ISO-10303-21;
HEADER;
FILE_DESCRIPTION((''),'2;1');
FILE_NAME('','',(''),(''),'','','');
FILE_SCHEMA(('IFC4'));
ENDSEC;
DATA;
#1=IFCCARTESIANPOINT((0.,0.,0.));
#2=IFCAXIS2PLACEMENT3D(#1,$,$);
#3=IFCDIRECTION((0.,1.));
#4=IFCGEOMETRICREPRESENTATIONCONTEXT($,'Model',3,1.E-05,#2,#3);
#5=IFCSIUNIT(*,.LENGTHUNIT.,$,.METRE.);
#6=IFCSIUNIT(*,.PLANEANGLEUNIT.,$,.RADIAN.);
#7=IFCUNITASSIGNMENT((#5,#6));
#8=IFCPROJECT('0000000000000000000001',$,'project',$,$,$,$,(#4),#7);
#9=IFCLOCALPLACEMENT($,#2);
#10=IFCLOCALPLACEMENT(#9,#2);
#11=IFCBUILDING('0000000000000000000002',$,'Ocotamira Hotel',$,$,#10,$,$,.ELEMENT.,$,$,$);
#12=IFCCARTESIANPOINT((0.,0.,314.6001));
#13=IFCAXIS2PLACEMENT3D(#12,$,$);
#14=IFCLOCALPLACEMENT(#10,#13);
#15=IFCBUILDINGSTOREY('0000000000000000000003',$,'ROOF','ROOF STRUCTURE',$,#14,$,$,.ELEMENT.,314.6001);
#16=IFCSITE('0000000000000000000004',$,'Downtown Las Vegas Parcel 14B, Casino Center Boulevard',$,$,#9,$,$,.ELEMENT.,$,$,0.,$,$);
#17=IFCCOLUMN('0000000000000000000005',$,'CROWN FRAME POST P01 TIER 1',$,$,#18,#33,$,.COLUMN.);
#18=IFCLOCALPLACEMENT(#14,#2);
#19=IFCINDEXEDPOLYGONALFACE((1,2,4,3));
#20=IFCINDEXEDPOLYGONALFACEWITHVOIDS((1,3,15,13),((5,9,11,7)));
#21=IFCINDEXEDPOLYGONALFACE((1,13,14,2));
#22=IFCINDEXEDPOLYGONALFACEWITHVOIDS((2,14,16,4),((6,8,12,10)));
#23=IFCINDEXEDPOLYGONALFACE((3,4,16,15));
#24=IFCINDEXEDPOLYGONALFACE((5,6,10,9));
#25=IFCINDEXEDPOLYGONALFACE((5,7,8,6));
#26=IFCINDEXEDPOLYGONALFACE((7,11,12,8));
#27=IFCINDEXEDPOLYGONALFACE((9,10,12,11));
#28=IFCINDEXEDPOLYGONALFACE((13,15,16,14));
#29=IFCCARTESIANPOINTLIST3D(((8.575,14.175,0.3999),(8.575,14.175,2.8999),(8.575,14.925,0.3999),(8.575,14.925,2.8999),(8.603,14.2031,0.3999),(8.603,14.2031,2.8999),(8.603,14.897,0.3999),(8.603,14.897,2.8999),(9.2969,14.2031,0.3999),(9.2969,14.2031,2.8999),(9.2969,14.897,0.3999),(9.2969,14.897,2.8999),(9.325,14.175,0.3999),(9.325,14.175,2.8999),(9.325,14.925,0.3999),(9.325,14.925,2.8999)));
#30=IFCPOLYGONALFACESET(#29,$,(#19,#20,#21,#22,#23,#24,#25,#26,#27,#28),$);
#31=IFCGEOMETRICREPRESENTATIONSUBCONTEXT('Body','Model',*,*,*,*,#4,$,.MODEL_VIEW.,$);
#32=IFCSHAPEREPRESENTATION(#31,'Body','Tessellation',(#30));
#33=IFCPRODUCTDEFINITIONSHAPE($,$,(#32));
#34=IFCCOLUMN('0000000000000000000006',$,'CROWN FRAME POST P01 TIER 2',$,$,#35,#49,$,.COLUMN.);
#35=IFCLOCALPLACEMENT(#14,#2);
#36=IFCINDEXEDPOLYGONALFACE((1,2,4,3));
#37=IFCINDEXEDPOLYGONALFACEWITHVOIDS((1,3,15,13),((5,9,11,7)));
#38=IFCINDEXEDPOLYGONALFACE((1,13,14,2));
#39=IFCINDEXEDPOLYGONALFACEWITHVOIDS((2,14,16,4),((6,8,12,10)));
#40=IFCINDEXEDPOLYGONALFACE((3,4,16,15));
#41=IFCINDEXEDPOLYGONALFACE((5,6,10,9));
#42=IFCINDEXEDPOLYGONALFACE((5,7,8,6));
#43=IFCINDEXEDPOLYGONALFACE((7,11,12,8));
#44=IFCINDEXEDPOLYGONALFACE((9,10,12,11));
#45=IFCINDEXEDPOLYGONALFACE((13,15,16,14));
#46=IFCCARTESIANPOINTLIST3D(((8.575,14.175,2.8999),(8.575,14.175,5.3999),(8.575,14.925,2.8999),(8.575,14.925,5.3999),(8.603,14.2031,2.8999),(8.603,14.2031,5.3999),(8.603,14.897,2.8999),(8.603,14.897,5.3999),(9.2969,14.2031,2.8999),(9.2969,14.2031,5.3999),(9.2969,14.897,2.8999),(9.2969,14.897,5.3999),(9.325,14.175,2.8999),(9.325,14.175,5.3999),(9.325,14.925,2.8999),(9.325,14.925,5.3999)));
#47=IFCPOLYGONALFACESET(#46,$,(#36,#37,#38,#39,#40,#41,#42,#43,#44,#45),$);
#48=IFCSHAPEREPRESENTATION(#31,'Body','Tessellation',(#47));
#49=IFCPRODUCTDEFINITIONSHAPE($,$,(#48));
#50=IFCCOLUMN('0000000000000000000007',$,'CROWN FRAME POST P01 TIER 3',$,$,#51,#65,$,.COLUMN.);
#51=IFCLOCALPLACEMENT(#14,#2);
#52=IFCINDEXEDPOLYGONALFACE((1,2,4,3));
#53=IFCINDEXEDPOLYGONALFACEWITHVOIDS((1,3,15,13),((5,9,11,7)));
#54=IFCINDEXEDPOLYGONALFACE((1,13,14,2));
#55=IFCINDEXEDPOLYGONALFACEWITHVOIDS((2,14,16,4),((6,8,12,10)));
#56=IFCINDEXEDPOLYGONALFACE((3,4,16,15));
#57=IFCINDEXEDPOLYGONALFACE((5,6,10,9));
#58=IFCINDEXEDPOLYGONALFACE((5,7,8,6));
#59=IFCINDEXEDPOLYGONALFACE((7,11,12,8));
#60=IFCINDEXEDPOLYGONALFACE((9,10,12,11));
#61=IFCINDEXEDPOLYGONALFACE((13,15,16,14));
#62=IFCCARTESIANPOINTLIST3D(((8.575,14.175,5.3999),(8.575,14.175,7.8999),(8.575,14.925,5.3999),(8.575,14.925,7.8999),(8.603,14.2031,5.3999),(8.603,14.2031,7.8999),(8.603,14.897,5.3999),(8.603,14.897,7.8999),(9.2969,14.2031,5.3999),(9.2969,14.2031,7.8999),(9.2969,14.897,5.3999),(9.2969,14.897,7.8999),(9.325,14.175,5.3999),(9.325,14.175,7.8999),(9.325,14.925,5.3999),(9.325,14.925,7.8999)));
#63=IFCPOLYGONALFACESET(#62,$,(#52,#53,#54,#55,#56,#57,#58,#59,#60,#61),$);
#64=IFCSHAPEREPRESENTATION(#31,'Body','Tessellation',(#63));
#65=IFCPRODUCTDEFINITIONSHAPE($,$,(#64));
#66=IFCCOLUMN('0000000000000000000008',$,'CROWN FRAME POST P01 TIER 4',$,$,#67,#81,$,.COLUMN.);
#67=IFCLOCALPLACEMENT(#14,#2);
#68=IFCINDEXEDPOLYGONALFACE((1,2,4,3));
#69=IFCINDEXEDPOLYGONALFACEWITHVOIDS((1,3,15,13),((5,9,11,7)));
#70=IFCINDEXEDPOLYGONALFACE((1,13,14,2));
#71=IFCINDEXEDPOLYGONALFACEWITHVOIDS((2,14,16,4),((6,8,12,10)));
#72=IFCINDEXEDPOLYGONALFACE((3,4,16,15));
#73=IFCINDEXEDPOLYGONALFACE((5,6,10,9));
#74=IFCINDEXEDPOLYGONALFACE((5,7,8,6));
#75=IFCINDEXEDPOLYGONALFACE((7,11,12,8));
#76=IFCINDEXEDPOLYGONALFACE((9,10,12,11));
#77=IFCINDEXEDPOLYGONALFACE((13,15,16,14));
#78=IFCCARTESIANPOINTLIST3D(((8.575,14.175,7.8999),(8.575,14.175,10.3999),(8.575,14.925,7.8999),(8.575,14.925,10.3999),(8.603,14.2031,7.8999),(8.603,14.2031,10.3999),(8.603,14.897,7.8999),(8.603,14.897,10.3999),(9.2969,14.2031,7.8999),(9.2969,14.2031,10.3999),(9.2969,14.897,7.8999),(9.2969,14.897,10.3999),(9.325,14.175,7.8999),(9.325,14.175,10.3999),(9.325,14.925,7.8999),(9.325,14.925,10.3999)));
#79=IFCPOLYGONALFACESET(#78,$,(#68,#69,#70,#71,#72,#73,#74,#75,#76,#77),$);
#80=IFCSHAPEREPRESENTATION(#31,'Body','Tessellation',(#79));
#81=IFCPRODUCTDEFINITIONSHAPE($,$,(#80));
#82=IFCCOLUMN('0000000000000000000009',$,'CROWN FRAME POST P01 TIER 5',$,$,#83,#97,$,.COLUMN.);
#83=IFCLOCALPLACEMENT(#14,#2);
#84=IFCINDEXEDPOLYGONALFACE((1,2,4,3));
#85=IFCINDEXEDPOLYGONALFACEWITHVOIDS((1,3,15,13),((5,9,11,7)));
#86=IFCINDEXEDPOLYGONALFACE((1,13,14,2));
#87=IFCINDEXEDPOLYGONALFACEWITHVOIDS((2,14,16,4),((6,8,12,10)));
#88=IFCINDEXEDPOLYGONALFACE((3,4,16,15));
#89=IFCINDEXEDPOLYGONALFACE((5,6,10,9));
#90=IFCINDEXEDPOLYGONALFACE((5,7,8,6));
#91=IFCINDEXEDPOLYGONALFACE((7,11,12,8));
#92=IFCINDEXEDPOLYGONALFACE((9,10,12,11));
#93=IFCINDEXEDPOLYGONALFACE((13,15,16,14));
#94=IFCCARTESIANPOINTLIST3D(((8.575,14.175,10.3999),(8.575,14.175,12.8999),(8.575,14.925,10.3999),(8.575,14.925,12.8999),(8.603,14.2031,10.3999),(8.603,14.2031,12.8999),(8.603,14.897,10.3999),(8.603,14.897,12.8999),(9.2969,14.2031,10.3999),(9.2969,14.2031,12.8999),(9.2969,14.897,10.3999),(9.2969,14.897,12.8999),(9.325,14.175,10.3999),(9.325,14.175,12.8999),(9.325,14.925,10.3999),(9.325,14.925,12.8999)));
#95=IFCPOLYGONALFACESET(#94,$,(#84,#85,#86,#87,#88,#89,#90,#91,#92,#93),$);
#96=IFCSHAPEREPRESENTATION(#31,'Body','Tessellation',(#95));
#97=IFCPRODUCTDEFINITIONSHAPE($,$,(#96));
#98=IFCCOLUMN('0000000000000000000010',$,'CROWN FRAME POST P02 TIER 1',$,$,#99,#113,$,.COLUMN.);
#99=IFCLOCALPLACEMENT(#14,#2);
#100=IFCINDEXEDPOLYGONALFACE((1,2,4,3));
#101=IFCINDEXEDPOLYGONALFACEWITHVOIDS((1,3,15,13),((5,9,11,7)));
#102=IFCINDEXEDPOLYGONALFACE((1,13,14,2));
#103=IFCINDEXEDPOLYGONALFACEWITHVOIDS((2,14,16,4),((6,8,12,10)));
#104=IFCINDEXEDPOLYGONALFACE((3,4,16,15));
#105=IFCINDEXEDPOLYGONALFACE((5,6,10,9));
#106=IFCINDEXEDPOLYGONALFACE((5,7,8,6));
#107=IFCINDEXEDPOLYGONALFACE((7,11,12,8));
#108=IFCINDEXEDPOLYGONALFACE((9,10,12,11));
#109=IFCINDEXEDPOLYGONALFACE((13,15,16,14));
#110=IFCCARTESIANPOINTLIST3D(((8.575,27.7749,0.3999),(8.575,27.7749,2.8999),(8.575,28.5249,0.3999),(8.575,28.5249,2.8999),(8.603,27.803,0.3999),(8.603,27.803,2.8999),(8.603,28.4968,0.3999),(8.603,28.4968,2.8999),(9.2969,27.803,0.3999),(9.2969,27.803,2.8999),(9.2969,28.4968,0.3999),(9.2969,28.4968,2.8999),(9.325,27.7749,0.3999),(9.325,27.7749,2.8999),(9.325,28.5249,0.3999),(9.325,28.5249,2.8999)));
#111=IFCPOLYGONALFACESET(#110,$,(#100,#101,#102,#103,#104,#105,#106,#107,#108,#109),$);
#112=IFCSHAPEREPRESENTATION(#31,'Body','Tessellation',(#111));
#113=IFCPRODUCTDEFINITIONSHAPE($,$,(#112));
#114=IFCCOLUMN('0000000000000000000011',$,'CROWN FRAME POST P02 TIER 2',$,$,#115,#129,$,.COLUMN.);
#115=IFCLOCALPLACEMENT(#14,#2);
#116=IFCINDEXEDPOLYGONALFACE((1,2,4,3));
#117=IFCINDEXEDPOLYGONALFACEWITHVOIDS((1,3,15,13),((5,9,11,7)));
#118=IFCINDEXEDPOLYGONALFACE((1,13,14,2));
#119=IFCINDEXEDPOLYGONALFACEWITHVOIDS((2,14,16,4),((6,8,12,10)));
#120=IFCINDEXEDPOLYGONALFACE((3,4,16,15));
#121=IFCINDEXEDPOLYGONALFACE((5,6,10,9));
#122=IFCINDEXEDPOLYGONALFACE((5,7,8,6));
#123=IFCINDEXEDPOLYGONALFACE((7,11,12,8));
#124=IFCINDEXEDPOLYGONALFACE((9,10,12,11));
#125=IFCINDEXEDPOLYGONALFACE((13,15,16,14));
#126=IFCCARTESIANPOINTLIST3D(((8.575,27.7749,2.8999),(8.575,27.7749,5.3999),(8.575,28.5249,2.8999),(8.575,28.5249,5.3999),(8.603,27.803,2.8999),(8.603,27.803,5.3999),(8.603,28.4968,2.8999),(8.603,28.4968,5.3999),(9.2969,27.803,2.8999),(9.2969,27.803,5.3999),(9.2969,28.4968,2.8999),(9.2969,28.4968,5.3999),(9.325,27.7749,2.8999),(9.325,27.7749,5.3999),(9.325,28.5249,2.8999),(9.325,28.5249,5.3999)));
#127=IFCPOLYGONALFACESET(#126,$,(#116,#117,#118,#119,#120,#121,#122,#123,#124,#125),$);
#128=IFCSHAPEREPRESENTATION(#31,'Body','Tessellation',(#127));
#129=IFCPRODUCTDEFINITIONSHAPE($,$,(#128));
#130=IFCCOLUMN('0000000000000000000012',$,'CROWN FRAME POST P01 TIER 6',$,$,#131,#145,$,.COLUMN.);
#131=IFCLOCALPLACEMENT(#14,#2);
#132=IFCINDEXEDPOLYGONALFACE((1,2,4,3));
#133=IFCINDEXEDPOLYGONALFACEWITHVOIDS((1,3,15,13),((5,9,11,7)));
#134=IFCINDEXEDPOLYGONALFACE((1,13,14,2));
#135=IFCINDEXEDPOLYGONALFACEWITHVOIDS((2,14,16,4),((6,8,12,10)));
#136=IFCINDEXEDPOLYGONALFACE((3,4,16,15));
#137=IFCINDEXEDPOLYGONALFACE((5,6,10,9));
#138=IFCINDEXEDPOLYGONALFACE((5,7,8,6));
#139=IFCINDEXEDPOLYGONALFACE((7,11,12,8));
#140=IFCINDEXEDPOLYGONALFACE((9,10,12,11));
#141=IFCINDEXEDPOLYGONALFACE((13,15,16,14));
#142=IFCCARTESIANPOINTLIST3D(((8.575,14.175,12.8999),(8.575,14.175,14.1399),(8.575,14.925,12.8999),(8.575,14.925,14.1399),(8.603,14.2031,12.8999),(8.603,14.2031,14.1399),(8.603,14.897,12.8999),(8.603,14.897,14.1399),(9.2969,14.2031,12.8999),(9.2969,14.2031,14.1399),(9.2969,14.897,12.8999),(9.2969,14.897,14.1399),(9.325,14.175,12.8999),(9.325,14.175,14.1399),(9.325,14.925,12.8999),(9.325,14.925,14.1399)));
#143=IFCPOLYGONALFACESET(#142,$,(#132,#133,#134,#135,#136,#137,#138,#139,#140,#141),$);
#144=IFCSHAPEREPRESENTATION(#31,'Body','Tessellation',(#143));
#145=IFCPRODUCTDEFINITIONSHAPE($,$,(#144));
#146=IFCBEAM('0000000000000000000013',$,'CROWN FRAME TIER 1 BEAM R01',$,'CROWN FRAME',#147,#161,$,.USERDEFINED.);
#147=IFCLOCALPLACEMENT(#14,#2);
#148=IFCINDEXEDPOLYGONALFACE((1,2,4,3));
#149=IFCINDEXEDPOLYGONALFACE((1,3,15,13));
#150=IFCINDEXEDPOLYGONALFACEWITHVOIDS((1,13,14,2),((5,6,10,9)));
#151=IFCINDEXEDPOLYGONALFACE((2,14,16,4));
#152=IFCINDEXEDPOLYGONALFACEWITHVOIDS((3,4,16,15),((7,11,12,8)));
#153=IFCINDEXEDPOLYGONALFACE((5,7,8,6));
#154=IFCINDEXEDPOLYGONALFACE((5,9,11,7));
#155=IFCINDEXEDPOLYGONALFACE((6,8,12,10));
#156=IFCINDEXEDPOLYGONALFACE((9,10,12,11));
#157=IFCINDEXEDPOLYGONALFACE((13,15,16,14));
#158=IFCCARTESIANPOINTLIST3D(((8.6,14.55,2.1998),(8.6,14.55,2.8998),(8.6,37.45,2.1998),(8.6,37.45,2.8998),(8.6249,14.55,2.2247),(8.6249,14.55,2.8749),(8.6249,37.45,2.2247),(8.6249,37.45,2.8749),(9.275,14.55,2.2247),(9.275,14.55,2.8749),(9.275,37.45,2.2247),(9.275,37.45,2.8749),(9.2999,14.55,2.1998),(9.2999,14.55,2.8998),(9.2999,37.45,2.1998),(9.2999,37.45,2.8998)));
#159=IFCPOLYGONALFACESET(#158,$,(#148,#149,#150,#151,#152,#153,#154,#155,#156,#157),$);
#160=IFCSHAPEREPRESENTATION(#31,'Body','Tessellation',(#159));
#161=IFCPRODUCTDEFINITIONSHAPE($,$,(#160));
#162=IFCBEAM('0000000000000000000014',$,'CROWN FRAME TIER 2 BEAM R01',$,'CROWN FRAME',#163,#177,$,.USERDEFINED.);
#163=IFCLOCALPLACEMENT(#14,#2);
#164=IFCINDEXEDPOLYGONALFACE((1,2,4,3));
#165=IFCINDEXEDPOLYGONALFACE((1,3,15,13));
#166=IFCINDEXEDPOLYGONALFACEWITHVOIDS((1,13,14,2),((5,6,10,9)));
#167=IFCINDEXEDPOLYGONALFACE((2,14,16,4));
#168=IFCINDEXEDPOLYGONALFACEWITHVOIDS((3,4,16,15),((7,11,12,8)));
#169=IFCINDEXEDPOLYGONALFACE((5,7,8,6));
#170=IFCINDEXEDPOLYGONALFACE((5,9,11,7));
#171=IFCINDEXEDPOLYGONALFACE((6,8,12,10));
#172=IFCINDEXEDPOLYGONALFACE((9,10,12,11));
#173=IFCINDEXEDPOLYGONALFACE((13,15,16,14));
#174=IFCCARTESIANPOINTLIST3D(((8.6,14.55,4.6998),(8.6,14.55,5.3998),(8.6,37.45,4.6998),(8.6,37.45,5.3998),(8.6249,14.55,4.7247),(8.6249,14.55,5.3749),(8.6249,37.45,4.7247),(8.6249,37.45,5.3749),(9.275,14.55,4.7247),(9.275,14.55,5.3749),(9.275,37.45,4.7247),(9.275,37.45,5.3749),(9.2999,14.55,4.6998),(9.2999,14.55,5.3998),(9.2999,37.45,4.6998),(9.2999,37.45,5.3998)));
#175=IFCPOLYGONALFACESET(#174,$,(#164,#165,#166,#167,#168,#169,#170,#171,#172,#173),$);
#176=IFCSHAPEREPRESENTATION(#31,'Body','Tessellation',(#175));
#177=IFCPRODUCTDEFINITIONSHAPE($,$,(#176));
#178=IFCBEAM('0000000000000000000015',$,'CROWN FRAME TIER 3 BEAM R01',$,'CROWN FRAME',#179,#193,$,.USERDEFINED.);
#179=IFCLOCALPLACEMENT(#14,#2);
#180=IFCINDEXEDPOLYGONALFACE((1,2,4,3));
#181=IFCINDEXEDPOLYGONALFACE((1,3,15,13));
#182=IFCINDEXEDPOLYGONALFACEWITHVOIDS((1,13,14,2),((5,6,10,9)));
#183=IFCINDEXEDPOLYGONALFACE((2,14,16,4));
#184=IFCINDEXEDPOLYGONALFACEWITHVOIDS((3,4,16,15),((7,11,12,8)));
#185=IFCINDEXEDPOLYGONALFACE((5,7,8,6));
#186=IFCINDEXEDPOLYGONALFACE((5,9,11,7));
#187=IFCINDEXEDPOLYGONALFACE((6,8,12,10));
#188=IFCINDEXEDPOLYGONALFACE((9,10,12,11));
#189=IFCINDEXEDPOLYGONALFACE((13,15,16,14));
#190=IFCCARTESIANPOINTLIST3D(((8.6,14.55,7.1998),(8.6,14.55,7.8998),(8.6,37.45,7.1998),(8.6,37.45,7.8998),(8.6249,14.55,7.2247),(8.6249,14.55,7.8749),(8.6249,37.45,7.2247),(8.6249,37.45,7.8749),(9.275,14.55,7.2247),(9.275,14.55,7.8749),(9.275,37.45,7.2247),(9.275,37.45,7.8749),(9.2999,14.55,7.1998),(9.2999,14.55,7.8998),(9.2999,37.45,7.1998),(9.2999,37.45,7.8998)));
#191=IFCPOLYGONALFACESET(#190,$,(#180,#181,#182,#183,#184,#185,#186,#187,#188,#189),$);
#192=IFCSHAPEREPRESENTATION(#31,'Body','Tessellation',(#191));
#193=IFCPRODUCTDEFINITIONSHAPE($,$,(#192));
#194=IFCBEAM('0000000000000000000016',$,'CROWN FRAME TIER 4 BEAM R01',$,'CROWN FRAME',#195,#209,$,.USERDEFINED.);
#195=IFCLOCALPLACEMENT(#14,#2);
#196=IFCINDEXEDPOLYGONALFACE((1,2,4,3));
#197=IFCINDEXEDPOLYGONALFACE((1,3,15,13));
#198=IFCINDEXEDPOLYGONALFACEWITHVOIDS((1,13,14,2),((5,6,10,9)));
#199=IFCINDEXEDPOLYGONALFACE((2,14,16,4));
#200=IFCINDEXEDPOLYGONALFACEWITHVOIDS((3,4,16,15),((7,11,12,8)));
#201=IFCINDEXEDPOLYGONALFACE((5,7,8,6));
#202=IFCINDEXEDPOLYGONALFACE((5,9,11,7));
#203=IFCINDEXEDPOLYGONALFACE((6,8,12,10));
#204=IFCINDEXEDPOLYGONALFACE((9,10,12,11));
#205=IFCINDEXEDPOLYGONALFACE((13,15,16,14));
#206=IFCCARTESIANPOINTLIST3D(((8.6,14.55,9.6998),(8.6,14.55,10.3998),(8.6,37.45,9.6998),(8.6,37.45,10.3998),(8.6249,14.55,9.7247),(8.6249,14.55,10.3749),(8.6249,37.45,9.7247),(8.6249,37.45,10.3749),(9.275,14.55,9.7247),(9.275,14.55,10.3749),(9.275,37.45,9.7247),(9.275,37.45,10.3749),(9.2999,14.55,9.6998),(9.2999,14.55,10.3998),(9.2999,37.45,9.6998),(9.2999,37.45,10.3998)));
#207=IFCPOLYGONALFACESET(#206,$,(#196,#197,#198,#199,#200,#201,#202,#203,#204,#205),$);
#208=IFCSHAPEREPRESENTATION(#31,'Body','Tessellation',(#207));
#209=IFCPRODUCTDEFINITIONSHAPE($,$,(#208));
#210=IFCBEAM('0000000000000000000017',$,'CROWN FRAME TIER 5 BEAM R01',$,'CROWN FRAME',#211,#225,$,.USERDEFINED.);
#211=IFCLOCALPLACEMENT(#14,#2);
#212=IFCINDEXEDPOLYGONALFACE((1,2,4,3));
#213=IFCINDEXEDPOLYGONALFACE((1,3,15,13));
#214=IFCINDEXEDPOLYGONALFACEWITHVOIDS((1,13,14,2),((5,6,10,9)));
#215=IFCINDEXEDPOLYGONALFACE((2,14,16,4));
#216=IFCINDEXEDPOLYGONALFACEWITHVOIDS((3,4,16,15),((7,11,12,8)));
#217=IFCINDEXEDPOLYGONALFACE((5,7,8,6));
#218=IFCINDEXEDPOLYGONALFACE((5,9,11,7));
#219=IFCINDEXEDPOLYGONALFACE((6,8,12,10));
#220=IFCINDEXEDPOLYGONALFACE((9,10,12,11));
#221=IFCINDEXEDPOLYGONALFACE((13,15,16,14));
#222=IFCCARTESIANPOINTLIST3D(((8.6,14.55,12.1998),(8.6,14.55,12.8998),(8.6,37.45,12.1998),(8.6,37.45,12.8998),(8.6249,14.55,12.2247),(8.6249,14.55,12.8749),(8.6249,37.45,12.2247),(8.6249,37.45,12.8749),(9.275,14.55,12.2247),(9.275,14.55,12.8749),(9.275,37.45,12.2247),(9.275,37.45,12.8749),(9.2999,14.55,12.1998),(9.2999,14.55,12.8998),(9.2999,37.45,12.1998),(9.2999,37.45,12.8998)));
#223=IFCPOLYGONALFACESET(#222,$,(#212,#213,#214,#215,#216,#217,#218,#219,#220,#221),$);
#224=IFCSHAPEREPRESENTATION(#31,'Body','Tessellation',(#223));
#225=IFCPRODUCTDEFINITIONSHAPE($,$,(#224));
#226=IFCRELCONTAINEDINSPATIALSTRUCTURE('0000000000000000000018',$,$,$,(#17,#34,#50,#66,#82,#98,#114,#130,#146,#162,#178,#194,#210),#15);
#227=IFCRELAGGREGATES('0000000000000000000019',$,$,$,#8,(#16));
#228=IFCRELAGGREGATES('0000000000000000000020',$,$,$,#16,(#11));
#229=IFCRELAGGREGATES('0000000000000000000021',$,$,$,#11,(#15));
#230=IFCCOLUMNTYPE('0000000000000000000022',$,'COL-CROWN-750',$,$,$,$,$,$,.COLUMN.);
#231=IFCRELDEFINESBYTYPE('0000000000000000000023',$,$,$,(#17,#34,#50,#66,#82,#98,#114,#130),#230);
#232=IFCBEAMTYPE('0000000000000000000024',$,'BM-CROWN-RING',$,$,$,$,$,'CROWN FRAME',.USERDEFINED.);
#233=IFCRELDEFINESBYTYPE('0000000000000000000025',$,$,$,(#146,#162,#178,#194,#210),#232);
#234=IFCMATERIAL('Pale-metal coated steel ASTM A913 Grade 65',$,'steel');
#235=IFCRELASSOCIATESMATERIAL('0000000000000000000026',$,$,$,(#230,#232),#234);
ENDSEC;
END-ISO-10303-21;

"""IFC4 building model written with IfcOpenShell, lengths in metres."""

from ifc_helpers import new_model, si_unit, direction, frame, origin, origin_2d, place, context, subcontext, project, spatial, hollow_rectangle, extrude, source, transform, mapped, material, material_profile, profile_set, type_object, element, save


model = new_model("IFC4")

# Units and contexts
model_context = context("Model", 3, precision=1e-05, world=origin(), true_north=direction((0.0, 1.0)))
body_context = subcontext(model_context, "Body", "Model", "MODEL_VIEW")
ifc_project = project(units=[si_unit("LENGTHUNIT", "METRE"), si_unit("PLANEANGLEUNIT", "RADIAN")], contexts=[model_context])

# Site, building, storey
site_placement = place(None, origin())
site = spatial("IfcSite", under=ifc_project, at=site_placement, Name="Downtown Las Vegas Parcel 14B, Casino Center Boulevard", CompositionType="ELEMENT", RefElevation=0.0)
building_placement = place(site_placement, origin())
building = spatial("IfcBuilding", under=site, at=building_placement, Name="Ocotamira Hotel", CompositionType="ELEMENT")
storey_placement = place(building_placement, frame((0.0, 0.0, 314.6001)))
storey = spatial("IfcBuildingStorey", under=building, at=storey_placement, Name="ROOF", Description="ROOF STRUCTURE", CompositionType="ELEMENT", Elevation=314.6001)

# Columns
ifc_material_1 = material(Name="Pale-metal coated steel ASTM A913 Grade 65", Category="steel")
ifc_material_profile_1 = material_profile(ifc_material_1, hollow_rectangle(XDim=0.75, YDim=0.75, WallThickness=0.0281, at=origin_2d()), Name="BOX750X750X28")
ifc_profile_set_1 = profile_set([ifc_material_profile_1], Name="Pale-metal coated steel ASTM A913 Grade 65")
column_type = type_object("IfcColumnType", Name="COL-CROWN-750", PredefinedType="COLUMN", material=ifc_profile_set_1)
shared_shape_1 = source(origin(), body_context, "Body", "SweptSolid", [
    extrude(hollow_rectangle(XDim=0.75, YDim=0.75, WallThickness=0.0281, at=origin_2d()), origin(), (0.0, 0.0, 1.0), 2.5),
])
for number, where, z_axis, x_axis, name in (
    (1, (8.95, 14.55, 0.3999), (0.0, 0.0, 1.0), (1.0, 0.0, 0.0), "CROWN FRAME POST P01 TIER 1"),
    (2, (8.95, 14.55, 2.8999), (0.0, 0.0, 1.0), (1.0, 0.0, 0.0), "CROWN FRAME POST P01 TIER 2"),
    (3, (8.95, 14.55, 5.3999), (0.0, 0.0, 1.0), (1.0, 0.0, 0.0), "CROWN FRAME POST P01 TIER 3"),
    (4, (8.95, 14.55, 7.8999), (0.0, 0.0, 1.0), (1.0, 0.0, 0.0), "CROWN FRAME POST P01 TIER 4"),
    (5, (8.95, 14.55, 10.3999), (0.0, 0.0, 1.0), (1.0, 0.0, 0.0), "CROWN FRAME POST P01 TIER 5"),
    (6, (8.95, 28.1499, 0.3999), (0.0, 0.0, 1.0), (1.0, 0.0, 0.0), "CROWN FRAME POST P02 TIER 1"),
    (7, (8.95, 28.1499, 2.8999), (0.0, 0.0, 1.0), (1.0, 0.0, 0.0), "CROWN FRAME POST P02 TIER 2"),
):
    element("IfcColumn", number, at=place(storey_placement, frame(where, z_axis=z_axis, x_axis=x_axis)), inside=storey, type_object=column_type, Name=name, PredefinedType="COLUMN", context=body_context, shape_type="MappedRepresentation", body=[
        mapped(shared_shape_1, transform((0.0, 0.0, 0.0), scale=1.0)),
    ])
shared_shape_2 = source(origin(), body_context, "Body", "SweptSolid", [
    extrude(hollow_rectangle(XDim=0.75, YDim=0.75, WallThickness=0.0281, at=origin_2d()), origin(), (0.0, 0.0, 1.0), 1.24),
])
column_placement = place(storey_placement, frame((8.95, 14.55, 12.8999), z_axis=(0.0, 0.0, 1.0), x_axis=(1.0, 0.0, 0.0)))
element("IfcColumn", 8, at=column_placement, inside=storey, type_object=column_type, Name="CROWN FRAME POST P01 TIER 6", PredefinedType="COLUMN", context=body_context, shape_type="MappedRepresentation", body=[
    mapped(shared_shape_2, transform((0.0, 0.0, 0.0), scale=1.0)),
])

# Beams
ifc_material_profile_2 = material_profile(ifc_material_1, hollow_rectangle(XDim=0.7, YDim=0.7, WallThickness=0.0249, at=origin_2d()), Name="BOX700X700X25")
ifc_profile_set_2 = profile_set([ifc_material_profile_2], Name="Pale-metal coated steel ASTM A913 Grade 65")
beam_type = type_object("IfcBeamType", Name="BM-CROWN-RING", ElementType="CROWN FRAME", PredefinedType="USERDEFINED", material=ifc_profile_set_2)
shared_shape_3 = source(origin(), body_context, "Body", "SweptSolid", [
    extrude(hollow_rectangle(XDim=0.7, YDim=0.7, WallThickness=0.0249, at=origin_2d()), origin(), (0.0, 0.0, 1.0), 22.8999),
])
for number, where, z_axis, x_axis, name in (
    (9, (8.95, 14.55, 2.5498), (0.0, 1.0, 0.0), (-1.0, 0.0, 0.0), "CROWN FRAME TIER 1 BEAM R01"),
    (10, (8.95, 14.55, 5.0498), (0.0, 1.0, 0.0), (-1.0, 0.0, 0.0), "CROWN FRAME TIER 2 BEAM R01"),
    (11, (8.95, 14.55, 7.5498), (0.0, 1.0, 0.0), (-1.0, 0.0, 0.0), "CROWN FRAME TIER 3 BEAM R01"),
    (12, (8.95, 14.55, 10.0498), (0.0, 1.0, 0.0), (-1.0, 0.0, 0.0), "CROWN FRAME TIER 4 BEAM R01"),
    (13, (8.95, 14.55, 12.5498), (0.0, 1.0, 0.0), (-1.0, 0.0, 0.0), "CROWN FRAME TIER 5 BEAM R01"),
):
    element("IfcBeam", number, at=place(storey_placement, frame(where, z_axis=z_axis, x_axis=x_axis)), inside=storey, type_object=beam_type, Name=name, ObjectType="CROWN FRAME", PredefinedType="USERDEFINED", context=body_context, shape_type="MappedRepresentation", body=[
        mapped(shared_shape_3, transform((0.0, 0.0, 0.0), scale=1.0)),
    ])

save(model, "model.ifc")
